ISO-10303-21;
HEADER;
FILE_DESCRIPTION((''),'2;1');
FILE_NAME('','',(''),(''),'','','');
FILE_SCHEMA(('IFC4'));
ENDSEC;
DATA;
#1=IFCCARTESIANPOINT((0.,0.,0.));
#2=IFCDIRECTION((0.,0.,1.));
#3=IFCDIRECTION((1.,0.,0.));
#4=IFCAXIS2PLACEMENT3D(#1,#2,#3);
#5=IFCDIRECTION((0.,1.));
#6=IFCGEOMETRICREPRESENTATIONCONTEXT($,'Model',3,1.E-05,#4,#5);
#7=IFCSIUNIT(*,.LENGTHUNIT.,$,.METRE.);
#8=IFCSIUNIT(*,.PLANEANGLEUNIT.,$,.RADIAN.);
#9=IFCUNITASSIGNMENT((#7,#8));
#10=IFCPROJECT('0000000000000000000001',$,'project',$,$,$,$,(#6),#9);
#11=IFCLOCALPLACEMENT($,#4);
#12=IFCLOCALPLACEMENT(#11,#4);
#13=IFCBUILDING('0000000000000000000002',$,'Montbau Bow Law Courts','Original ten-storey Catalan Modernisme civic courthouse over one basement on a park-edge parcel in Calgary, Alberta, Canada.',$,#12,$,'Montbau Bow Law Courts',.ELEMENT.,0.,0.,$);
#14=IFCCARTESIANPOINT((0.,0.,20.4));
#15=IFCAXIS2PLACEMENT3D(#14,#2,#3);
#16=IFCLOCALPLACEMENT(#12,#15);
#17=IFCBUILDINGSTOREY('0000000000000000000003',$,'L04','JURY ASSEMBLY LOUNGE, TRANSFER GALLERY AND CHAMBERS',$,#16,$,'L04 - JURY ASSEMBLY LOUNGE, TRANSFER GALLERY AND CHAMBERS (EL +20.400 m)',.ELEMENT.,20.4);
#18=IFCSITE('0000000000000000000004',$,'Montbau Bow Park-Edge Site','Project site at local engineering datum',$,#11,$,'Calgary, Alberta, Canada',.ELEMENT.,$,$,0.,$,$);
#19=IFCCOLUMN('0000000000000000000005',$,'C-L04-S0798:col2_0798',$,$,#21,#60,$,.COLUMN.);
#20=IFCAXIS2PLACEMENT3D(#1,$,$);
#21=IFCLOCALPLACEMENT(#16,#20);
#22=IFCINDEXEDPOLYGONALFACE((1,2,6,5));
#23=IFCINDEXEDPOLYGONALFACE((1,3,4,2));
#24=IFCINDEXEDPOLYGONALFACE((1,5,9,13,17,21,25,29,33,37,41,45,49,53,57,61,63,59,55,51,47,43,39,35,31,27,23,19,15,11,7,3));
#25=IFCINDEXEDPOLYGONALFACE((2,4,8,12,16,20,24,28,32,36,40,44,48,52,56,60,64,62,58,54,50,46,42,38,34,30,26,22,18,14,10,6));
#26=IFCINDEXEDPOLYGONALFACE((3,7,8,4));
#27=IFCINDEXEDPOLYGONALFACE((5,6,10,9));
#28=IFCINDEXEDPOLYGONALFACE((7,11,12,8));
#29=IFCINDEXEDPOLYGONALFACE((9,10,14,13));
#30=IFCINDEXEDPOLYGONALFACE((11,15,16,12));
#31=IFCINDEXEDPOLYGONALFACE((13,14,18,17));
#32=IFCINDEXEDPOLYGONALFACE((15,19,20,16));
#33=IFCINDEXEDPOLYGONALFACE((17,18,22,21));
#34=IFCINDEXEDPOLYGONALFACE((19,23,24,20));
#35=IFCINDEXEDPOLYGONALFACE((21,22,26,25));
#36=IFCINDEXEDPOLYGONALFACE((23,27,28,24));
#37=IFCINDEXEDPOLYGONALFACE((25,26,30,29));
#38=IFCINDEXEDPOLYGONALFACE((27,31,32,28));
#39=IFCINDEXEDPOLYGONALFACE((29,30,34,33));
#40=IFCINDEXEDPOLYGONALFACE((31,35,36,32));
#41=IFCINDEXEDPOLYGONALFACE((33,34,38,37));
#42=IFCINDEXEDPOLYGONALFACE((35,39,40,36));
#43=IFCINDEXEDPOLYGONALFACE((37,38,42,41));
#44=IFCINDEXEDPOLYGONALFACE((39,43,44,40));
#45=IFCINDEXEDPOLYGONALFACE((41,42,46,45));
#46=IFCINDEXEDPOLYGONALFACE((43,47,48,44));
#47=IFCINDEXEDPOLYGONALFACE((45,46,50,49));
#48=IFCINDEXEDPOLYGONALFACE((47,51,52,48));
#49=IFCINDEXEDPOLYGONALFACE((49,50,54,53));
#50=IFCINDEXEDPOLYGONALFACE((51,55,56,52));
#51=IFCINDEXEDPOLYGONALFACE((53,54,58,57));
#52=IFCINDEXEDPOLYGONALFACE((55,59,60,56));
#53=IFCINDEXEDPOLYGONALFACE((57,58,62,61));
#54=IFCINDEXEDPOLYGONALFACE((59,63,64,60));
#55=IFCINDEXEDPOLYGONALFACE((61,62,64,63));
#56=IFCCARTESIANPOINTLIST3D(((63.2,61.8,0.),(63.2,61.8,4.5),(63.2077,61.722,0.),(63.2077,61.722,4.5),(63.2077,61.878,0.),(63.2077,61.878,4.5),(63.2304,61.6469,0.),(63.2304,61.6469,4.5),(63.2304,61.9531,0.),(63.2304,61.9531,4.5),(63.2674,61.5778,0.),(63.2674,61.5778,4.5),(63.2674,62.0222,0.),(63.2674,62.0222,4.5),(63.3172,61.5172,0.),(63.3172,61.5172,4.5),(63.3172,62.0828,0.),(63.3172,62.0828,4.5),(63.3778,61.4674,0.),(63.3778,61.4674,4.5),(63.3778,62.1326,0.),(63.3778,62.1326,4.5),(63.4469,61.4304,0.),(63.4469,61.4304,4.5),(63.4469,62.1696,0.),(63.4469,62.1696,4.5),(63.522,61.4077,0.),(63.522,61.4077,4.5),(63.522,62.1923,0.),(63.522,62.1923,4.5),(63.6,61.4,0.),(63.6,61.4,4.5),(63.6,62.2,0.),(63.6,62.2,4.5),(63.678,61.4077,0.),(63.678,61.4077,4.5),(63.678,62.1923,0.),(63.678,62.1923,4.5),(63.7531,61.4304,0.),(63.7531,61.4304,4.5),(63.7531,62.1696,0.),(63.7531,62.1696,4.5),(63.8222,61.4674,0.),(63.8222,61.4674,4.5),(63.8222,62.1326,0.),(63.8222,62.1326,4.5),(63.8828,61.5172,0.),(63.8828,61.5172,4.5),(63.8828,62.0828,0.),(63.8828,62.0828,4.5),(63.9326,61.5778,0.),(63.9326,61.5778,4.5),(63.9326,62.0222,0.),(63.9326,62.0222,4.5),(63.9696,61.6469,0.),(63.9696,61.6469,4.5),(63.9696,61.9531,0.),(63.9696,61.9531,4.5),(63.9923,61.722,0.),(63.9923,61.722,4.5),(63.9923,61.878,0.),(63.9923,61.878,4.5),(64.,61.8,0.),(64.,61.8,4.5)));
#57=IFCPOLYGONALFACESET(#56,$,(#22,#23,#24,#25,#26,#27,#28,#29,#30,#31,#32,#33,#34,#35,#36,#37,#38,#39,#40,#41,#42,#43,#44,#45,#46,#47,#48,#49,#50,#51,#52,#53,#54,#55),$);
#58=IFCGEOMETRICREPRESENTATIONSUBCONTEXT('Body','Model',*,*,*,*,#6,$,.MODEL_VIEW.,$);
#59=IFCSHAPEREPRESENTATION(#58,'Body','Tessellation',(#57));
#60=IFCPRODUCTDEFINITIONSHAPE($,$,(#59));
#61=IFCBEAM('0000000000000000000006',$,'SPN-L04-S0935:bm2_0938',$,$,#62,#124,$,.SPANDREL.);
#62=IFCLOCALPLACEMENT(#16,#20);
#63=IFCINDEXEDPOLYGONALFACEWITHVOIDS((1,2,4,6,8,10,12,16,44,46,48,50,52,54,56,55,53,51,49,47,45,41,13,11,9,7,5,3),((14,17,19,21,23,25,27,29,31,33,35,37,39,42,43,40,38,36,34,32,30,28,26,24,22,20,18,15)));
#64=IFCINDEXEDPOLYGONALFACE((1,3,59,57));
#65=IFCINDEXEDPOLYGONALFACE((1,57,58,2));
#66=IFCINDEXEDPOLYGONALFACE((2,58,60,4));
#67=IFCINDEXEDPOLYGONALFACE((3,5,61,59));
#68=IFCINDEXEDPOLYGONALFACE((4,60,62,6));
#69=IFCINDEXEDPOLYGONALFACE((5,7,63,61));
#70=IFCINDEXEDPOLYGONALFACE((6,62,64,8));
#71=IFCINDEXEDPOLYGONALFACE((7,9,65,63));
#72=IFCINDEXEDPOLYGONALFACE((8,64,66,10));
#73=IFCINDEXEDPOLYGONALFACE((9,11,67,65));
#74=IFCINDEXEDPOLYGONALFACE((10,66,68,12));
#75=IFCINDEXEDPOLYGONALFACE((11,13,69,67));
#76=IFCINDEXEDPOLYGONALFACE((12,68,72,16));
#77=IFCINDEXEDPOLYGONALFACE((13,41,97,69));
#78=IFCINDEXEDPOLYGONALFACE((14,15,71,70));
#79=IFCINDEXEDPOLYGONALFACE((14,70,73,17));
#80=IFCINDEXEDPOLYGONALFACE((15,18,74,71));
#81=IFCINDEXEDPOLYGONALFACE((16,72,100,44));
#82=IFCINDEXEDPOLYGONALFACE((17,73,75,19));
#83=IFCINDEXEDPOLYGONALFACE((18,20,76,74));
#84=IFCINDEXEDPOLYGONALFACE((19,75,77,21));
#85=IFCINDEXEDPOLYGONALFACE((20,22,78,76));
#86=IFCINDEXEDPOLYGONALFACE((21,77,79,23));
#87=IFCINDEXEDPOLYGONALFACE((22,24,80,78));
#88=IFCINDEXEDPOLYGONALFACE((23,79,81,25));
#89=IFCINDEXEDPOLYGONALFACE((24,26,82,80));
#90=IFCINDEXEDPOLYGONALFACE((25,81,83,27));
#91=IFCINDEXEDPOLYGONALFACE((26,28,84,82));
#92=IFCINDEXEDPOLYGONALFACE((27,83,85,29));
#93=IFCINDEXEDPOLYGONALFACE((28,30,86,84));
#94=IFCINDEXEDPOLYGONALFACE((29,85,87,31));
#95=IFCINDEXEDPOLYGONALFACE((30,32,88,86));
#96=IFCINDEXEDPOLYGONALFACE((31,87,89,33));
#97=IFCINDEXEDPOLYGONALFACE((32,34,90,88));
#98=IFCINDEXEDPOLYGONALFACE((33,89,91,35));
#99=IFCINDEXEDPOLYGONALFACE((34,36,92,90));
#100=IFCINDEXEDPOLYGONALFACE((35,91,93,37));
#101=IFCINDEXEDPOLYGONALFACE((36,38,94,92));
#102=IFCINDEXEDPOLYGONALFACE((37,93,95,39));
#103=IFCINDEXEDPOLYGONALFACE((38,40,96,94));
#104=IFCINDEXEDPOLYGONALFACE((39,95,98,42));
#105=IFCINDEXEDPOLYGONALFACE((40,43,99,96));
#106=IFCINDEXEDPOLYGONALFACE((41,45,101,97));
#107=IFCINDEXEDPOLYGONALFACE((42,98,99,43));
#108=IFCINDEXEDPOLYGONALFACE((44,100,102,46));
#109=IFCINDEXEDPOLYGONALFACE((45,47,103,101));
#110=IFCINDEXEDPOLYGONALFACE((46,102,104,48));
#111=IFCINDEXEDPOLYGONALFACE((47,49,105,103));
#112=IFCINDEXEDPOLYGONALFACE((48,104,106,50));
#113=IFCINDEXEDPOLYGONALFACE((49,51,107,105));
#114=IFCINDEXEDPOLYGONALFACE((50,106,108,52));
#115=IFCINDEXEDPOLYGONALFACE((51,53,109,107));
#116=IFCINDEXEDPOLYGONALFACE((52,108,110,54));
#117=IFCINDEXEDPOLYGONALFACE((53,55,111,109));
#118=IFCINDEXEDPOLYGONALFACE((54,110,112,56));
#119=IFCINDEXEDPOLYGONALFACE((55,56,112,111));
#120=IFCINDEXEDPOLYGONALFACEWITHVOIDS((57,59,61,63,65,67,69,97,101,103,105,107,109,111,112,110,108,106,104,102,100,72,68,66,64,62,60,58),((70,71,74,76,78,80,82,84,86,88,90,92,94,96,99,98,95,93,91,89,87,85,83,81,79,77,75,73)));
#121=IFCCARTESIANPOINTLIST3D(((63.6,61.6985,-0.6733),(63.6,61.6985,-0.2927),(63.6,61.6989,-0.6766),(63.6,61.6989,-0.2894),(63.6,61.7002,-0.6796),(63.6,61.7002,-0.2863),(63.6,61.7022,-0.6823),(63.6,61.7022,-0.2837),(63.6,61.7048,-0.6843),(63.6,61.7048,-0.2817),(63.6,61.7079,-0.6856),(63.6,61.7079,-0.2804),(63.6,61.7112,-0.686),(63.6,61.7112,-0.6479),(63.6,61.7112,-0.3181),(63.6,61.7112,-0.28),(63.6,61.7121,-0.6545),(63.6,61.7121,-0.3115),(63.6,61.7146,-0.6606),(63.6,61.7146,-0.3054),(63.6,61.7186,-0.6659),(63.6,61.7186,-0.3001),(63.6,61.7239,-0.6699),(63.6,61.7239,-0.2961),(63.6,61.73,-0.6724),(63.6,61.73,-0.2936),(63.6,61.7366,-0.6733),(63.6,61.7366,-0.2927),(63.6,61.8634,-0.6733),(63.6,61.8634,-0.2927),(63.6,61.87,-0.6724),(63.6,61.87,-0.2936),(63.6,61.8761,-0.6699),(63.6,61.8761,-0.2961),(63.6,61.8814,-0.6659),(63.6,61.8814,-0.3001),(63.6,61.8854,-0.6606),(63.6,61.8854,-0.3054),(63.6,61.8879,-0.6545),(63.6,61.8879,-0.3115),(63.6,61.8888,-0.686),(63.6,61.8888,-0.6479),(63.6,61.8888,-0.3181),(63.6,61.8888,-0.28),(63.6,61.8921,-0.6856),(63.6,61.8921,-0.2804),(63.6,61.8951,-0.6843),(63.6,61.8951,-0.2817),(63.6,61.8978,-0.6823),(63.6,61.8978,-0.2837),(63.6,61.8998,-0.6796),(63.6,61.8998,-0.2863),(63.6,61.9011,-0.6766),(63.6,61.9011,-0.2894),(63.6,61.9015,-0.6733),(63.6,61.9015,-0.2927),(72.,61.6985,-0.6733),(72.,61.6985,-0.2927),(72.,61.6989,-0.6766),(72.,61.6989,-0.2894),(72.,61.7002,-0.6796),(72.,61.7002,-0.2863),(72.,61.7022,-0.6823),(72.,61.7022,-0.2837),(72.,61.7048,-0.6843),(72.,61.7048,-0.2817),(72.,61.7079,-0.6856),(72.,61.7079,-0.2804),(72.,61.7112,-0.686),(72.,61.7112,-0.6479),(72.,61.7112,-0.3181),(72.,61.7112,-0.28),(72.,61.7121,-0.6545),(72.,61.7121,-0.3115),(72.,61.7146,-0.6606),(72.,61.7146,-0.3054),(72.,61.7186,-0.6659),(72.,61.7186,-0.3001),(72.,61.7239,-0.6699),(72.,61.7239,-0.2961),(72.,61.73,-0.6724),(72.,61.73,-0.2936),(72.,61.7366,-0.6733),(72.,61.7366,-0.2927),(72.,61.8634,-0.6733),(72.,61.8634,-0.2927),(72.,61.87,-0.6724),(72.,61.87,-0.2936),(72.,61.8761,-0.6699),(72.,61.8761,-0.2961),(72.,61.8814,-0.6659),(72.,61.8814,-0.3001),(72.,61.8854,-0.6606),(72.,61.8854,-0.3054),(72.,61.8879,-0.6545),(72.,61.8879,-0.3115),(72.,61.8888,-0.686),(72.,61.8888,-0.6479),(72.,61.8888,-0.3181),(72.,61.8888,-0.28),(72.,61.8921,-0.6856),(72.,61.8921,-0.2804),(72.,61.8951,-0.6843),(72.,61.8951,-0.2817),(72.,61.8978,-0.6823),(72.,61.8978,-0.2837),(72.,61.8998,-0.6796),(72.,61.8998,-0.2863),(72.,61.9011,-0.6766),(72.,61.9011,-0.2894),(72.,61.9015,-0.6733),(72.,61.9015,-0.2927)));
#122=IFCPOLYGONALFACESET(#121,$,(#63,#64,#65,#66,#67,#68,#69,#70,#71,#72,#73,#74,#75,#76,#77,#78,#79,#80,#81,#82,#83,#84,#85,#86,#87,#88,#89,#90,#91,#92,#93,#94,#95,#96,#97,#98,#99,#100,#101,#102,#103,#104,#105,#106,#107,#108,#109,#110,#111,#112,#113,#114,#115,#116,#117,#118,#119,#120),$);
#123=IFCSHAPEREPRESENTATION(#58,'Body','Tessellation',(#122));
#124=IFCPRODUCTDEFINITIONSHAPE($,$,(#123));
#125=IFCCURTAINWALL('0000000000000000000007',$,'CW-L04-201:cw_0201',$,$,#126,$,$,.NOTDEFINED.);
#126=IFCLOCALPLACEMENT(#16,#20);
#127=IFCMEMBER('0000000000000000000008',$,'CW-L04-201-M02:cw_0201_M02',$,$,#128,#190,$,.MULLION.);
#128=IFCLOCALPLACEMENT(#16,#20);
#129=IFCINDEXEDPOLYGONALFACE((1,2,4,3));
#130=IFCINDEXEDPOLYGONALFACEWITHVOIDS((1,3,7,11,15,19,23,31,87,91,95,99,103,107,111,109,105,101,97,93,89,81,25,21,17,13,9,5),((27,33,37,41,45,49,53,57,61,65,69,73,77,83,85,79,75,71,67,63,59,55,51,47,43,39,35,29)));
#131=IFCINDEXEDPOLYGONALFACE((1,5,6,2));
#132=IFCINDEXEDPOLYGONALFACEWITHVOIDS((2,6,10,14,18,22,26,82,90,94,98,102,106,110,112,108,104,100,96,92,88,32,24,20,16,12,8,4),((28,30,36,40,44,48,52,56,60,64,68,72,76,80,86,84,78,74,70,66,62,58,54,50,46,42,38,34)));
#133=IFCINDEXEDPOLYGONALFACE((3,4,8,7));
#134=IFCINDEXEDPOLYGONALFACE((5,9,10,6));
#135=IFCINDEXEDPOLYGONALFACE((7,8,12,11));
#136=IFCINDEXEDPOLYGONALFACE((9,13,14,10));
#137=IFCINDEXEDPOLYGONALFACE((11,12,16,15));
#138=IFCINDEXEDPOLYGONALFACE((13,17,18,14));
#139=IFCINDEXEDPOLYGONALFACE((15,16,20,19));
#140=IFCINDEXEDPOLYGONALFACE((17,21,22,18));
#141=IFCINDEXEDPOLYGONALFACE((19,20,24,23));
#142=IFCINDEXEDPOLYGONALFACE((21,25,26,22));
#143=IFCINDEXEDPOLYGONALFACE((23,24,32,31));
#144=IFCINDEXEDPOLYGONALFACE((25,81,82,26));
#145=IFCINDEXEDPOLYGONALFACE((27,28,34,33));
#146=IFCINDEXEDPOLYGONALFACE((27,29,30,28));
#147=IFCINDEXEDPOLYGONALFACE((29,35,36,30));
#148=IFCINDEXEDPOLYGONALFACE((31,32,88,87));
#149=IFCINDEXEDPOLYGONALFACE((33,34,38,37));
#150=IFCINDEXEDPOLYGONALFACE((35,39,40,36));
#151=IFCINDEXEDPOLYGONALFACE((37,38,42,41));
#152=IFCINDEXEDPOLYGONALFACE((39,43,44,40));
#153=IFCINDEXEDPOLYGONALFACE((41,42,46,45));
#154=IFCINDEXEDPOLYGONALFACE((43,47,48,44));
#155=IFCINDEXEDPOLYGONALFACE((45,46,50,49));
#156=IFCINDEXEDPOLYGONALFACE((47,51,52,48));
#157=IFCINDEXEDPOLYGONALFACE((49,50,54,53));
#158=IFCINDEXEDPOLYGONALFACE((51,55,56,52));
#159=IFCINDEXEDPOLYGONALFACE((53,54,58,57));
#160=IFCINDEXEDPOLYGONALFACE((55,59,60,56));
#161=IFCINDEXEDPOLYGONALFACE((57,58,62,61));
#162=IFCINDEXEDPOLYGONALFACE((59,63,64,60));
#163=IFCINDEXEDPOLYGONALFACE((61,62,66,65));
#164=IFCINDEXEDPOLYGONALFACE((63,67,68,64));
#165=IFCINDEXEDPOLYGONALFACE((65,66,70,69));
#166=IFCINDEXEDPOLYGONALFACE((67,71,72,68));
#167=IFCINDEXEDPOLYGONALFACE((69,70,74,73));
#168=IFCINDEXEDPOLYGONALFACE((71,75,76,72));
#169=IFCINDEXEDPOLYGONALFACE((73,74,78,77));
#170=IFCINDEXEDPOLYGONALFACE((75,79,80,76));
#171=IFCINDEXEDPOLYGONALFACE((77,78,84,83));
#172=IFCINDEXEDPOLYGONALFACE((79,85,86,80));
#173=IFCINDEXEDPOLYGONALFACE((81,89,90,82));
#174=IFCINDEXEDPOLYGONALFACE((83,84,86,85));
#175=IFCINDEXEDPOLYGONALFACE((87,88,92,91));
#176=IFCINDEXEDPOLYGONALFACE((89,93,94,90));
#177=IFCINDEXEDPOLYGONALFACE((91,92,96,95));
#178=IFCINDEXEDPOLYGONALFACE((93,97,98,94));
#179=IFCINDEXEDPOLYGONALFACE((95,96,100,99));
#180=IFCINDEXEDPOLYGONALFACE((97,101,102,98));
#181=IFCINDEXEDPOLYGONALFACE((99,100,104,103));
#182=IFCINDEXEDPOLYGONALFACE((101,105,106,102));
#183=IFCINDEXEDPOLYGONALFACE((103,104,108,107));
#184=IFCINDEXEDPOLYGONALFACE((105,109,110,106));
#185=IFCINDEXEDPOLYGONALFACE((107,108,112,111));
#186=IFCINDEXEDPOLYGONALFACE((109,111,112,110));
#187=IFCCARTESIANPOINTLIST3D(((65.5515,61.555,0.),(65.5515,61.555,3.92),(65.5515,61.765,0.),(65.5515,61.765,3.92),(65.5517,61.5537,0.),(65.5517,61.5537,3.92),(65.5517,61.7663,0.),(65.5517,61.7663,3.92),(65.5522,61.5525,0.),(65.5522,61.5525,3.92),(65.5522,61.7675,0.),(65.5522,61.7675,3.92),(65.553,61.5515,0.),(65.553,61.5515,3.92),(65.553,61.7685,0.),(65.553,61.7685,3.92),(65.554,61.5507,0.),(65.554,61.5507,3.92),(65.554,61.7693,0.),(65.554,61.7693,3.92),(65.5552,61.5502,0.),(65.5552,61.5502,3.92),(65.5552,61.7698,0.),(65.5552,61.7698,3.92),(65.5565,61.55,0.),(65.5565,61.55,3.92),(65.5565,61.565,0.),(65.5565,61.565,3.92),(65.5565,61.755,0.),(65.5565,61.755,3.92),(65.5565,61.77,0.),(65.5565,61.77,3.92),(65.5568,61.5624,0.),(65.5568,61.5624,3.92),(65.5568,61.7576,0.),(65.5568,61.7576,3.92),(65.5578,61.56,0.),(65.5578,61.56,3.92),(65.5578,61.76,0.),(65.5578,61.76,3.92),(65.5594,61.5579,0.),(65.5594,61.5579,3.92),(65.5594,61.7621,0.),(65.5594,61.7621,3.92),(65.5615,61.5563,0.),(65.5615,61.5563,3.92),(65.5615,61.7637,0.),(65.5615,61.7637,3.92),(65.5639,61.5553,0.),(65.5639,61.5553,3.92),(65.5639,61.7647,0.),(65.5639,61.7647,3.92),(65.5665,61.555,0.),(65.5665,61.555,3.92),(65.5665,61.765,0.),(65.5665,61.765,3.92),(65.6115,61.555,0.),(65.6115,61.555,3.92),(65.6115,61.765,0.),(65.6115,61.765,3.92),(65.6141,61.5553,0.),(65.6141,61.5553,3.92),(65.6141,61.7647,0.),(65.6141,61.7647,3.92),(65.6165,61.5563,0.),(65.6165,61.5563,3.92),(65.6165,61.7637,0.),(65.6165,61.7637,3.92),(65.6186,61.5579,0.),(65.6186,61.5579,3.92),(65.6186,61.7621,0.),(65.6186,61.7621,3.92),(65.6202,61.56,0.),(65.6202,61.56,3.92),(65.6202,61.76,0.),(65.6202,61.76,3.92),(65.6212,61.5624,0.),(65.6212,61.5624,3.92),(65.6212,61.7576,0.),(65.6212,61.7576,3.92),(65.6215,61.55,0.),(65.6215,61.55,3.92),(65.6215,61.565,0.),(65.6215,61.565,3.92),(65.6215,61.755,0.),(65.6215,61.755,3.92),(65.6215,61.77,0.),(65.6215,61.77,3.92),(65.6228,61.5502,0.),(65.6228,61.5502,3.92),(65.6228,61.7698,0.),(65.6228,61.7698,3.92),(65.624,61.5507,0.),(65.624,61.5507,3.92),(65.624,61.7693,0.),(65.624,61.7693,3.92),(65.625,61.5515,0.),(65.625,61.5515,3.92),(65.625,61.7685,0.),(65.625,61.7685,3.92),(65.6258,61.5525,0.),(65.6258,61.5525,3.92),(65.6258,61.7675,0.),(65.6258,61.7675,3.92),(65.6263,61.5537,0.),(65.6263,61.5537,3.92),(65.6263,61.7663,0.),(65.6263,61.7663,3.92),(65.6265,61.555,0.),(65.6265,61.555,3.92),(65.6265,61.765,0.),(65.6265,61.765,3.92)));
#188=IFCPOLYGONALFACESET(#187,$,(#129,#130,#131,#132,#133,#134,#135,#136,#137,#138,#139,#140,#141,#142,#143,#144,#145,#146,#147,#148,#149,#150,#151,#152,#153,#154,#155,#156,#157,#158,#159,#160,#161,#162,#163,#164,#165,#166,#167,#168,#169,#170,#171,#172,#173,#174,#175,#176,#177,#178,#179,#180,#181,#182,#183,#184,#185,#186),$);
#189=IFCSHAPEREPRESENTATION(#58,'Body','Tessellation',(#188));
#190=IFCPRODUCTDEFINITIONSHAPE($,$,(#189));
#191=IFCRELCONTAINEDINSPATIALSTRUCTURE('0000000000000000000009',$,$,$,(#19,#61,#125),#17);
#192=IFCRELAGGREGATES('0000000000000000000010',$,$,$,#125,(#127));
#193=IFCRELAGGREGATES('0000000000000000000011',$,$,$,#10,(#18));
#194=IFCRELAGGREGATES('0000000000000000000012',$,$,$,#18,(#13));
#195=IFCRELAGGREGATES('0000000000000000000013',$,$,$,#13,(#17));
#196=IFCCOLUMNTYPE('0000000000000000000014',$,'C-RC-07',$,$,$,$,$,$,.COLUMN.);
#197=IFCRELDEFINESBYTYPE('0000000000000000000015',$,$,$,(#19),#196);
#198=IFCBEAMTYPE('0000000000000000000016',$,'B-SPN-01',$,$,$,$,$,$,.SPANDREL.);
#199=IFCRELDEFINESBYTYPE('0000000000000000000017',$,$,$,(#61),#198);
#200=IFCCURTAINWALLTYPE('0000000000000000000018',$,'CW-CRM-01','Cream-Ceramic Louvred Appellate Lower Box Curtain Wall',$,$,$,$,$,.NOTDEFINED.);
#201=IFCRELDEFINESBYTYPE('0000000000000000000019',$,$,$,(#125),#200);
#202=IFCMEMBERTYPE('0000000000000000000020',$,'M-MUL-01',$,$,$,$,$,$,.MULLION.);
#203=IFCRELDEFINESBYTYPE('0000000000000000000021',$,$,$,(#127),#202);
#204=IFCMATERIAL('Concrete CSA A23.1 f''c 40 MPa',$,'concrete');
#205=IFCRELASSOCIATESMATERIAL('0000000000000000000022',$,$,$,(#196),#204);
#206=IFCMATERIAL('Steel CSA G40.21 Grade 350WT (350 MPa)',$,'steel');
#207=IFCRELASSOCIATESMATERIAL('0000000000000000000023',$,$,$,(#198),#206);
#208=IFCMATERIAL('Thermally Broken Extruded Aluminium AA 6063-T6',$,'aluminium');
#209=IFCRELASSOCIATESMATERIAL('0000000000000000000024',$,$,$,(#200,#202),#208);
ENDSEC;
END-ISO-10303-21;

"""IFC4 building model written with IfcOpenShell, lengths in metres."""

from ifc_helpers import new_model, si_unit, direction, frame, origin_with_axes, origin_2d_with_axis, place, context, subcontext, project, spatial, hollow_rectangle, circle, extrude, material, material_profile, profile_set, type_object, element, aggregate, save


model = new_model("IFC4")

# Units and contexts
model_context = context("Model", 3, precision=1e-05, world=origin_with_axes(), true_north=direction((0.0, 1.0)))
body_context = subcontext(model_context, "Body", "Model", "MODEL_VIEW")
ifc_project = project(units=[si_unit("LENGTHUNIT", "METRE"), si_unit("PLANEANGLEUNIT", "RADIAN")], contexts=[model_context])

# Site, building, storey
site_placement = place(None, origin_with_axes())
site = spatial("IfcSite", under=ifc_project, at=site_placement, Name="Montbau Bow Park-Edge Site", Description="Project site at local engineering datum", LongName="Calgary, Alberta, Canada", CompositionType="ELEMENT", RefElevation=0.0)
building_placement = place(site_placement, origin_with_axes())
building = spatial("IfcBuilding", under=site, at=building_placement, Name="Montbau Bow Law Courts", Description="Original ten-storey Catalan Modernisme civic courthouse over one basement on a park-edge parcel in Calgary, Alberta, Canada.", LongName="Montbau Bow Law Courts", CompositionType="ELEMENT", ElevationOfRefHeight=0.0, ElevationOfTerrain=0.0)
storey_placement = place(building_placement, frame((0.0, 0.0, 20.4), z_axis=(0.0, 0.0, 1.0), x_axis=(1.0, 0.0, 0.0)))
storey = spatial("IfcBuildingStorey", under=building, at=storey_placement, Name="L04", Description="JURY ASSEMBLY LOUNGE, TRANSFER GALLERY AND CHAMBERS", LongName="L04 - JURY ASSEMBLY LOUNGE, TRANSFER GALLERY AND CHAMBERS (EL +20.400 m)", CompositionType="ELEMENT", Elevation=20.4)

# Column
ifc_material_1 = material(Name="Concrete CSA A23.1 f'c 40 MPa", Category="concrete")
ifc_material_profile_1 = material_profile(ifc_material_1, circle(Radius=0.4, at=origin_2d_with_axis()), Name="RC800D", Category="Main", Priority=0)
ifc_profile_set_1 = profile_set([ifc_material_profile_1], Name="Concrete CSA A23.1 f'c 40 MPa")
column_type = type_object("IfcColumnType", Name="C-RC-07", PredefinedType="COLUMN", material=ifc_profile_set_1)
column_placement = place(None, frame((63.6, 61.8, 20.4), z_axis=(0.0, 0.0, 1.0), x_axis=(1.0, 0.0, 0.0)))
element("IfcColumn", 1, at=column_placement, inside=storey, type_object=column_type, Name="C-L04-S0798:col2_0798", PredefinedType="COLUMN", context=body_context, shape_type="SweptSolid", body=[
    extrude(circle(Radius=0.4, at=origin_2d_with_axis()), origin_with_axes(), (0.0, 0.0, 1.0), 4.5),
])

# Beam
ifc_material_2 = material(Name="Steel CSA G40.21 Grade 350WT (350 MPa)", Category="steel")
ifc_material_profile_2 = material_profile(ifc_material_2, hollow_rectangle(XDim=0.203, YDim=0.406, WallThickness=0.0127, InnerFilletRadius=0.0254, OuterFilletRadius=0.0127, at=origin_2d_with_axis()), Name="HSS406X203X13", Category="Main", Priority=0)
ifc_profile_set_2 = profile_set([ifc_material_profile_2], Name="Steel CSA G40.21 Grade 350WT (350 MPa)")
beam_type = type_object("IfcBeamType", Name="B-SPN-01", PredefinedType="SPANDREL", material=ifc_profile_set_2)
beam_placement = place(None, frame((63.6, 61.8, 19.917), z_axis=(1.0, 0.0, 0.0), x_axis=(0.0, 1.0, 0.0)))
element("IfcBeam", 2, at=beam_placement, inside=storey, type_object=beam_type, Name="SPN-L04-S0935:bm2_0938", PredefinedType="SPANDREL", context=body_context, shape_type="SweptSolid", body=[
    extrude(hollow_rectangle(XDim=0.203, YDim=0.406, WallThickness=0.0127, InnerFilletRadius=0.0254, OuterFilletRadius=0.0127, at=origin_2d_with_axis()), origin_with_axes(), (0.0, 0.0, 1.0), 8.4),
])

# Curtain wall, member
ifc_material_3 = material(Name="Thermally Broken Extruded Aluminium AA 6063-T6", Category="aluminium")
curtain_wall_type = type_object("IfcCurtainWallType", Name="CW-CRM-01", Description="Cream-Ceramic Louvred Appellate Lower Box Curtain Wall", PredefinedType="NOTDEFINED", material=ifc_material_3)
curtain_wall_placement = place(None, frame((64.115, 61.66, 20.4), z_axis=(0.0, 0.0, 1.0), x_axis=(1.0, 0.0, 0.0)))
curtain_wall = element("IfcCurtainWall", 3, at=curtain_wall_placement, inside=storey, type_object=curtain_wall_type, Name="CW-L04-201:cw_0201", PredefinedType="NOTDEFINED")
ifc_material_profile_3 = material_profile(ifc_material_3, hollow_rectangle(XDim=0.075, YDim=0.22, WallThickness=0.005, InnerFilletRadius=0.01, OuterFilletRadius=0.005, at=origin_2d_with_axis()), Name="CWM-220X75", Category="Main", Priority=0)
ifc_profile_set_3 = profile_set([ifc_material_profile_3], Name="Thermally Broken Extruded Aluminium AA 6063-T6")
member_type_1 = type_object("IfcMemberType", Name="M-MUL-01", PredefinedType="MULLION", material=ifc_profile_set_3)
member_1_placement = place(None, frame((65.589, 61.66, 20.4), z_axis=(0.0, 0.0, 1.0), x_axis=(1.0, 0.0, 0.0)))
member_1 = element("IfcMember", 4, at=member_1_placement, type_object=member_type_1, Name="CW-L04-201-M02:cw_0201_M02", PredefinedType="MULLION", context=body_context, shape_type="SweptSolid", body=[
    extrude(hollow_rectangle(XDim=0.075, YDim=0.22, WallThickness=0.005, InnerFilletRadius=0.01, OuterFilletRadius=0.005, at=origin_2d_with_axis()), origin_with_axes(), (0.0, 0.0, 1.0), 3.92),
])
aggregate(curtain_wall, [member_1])

save(model, "model.ifc")
